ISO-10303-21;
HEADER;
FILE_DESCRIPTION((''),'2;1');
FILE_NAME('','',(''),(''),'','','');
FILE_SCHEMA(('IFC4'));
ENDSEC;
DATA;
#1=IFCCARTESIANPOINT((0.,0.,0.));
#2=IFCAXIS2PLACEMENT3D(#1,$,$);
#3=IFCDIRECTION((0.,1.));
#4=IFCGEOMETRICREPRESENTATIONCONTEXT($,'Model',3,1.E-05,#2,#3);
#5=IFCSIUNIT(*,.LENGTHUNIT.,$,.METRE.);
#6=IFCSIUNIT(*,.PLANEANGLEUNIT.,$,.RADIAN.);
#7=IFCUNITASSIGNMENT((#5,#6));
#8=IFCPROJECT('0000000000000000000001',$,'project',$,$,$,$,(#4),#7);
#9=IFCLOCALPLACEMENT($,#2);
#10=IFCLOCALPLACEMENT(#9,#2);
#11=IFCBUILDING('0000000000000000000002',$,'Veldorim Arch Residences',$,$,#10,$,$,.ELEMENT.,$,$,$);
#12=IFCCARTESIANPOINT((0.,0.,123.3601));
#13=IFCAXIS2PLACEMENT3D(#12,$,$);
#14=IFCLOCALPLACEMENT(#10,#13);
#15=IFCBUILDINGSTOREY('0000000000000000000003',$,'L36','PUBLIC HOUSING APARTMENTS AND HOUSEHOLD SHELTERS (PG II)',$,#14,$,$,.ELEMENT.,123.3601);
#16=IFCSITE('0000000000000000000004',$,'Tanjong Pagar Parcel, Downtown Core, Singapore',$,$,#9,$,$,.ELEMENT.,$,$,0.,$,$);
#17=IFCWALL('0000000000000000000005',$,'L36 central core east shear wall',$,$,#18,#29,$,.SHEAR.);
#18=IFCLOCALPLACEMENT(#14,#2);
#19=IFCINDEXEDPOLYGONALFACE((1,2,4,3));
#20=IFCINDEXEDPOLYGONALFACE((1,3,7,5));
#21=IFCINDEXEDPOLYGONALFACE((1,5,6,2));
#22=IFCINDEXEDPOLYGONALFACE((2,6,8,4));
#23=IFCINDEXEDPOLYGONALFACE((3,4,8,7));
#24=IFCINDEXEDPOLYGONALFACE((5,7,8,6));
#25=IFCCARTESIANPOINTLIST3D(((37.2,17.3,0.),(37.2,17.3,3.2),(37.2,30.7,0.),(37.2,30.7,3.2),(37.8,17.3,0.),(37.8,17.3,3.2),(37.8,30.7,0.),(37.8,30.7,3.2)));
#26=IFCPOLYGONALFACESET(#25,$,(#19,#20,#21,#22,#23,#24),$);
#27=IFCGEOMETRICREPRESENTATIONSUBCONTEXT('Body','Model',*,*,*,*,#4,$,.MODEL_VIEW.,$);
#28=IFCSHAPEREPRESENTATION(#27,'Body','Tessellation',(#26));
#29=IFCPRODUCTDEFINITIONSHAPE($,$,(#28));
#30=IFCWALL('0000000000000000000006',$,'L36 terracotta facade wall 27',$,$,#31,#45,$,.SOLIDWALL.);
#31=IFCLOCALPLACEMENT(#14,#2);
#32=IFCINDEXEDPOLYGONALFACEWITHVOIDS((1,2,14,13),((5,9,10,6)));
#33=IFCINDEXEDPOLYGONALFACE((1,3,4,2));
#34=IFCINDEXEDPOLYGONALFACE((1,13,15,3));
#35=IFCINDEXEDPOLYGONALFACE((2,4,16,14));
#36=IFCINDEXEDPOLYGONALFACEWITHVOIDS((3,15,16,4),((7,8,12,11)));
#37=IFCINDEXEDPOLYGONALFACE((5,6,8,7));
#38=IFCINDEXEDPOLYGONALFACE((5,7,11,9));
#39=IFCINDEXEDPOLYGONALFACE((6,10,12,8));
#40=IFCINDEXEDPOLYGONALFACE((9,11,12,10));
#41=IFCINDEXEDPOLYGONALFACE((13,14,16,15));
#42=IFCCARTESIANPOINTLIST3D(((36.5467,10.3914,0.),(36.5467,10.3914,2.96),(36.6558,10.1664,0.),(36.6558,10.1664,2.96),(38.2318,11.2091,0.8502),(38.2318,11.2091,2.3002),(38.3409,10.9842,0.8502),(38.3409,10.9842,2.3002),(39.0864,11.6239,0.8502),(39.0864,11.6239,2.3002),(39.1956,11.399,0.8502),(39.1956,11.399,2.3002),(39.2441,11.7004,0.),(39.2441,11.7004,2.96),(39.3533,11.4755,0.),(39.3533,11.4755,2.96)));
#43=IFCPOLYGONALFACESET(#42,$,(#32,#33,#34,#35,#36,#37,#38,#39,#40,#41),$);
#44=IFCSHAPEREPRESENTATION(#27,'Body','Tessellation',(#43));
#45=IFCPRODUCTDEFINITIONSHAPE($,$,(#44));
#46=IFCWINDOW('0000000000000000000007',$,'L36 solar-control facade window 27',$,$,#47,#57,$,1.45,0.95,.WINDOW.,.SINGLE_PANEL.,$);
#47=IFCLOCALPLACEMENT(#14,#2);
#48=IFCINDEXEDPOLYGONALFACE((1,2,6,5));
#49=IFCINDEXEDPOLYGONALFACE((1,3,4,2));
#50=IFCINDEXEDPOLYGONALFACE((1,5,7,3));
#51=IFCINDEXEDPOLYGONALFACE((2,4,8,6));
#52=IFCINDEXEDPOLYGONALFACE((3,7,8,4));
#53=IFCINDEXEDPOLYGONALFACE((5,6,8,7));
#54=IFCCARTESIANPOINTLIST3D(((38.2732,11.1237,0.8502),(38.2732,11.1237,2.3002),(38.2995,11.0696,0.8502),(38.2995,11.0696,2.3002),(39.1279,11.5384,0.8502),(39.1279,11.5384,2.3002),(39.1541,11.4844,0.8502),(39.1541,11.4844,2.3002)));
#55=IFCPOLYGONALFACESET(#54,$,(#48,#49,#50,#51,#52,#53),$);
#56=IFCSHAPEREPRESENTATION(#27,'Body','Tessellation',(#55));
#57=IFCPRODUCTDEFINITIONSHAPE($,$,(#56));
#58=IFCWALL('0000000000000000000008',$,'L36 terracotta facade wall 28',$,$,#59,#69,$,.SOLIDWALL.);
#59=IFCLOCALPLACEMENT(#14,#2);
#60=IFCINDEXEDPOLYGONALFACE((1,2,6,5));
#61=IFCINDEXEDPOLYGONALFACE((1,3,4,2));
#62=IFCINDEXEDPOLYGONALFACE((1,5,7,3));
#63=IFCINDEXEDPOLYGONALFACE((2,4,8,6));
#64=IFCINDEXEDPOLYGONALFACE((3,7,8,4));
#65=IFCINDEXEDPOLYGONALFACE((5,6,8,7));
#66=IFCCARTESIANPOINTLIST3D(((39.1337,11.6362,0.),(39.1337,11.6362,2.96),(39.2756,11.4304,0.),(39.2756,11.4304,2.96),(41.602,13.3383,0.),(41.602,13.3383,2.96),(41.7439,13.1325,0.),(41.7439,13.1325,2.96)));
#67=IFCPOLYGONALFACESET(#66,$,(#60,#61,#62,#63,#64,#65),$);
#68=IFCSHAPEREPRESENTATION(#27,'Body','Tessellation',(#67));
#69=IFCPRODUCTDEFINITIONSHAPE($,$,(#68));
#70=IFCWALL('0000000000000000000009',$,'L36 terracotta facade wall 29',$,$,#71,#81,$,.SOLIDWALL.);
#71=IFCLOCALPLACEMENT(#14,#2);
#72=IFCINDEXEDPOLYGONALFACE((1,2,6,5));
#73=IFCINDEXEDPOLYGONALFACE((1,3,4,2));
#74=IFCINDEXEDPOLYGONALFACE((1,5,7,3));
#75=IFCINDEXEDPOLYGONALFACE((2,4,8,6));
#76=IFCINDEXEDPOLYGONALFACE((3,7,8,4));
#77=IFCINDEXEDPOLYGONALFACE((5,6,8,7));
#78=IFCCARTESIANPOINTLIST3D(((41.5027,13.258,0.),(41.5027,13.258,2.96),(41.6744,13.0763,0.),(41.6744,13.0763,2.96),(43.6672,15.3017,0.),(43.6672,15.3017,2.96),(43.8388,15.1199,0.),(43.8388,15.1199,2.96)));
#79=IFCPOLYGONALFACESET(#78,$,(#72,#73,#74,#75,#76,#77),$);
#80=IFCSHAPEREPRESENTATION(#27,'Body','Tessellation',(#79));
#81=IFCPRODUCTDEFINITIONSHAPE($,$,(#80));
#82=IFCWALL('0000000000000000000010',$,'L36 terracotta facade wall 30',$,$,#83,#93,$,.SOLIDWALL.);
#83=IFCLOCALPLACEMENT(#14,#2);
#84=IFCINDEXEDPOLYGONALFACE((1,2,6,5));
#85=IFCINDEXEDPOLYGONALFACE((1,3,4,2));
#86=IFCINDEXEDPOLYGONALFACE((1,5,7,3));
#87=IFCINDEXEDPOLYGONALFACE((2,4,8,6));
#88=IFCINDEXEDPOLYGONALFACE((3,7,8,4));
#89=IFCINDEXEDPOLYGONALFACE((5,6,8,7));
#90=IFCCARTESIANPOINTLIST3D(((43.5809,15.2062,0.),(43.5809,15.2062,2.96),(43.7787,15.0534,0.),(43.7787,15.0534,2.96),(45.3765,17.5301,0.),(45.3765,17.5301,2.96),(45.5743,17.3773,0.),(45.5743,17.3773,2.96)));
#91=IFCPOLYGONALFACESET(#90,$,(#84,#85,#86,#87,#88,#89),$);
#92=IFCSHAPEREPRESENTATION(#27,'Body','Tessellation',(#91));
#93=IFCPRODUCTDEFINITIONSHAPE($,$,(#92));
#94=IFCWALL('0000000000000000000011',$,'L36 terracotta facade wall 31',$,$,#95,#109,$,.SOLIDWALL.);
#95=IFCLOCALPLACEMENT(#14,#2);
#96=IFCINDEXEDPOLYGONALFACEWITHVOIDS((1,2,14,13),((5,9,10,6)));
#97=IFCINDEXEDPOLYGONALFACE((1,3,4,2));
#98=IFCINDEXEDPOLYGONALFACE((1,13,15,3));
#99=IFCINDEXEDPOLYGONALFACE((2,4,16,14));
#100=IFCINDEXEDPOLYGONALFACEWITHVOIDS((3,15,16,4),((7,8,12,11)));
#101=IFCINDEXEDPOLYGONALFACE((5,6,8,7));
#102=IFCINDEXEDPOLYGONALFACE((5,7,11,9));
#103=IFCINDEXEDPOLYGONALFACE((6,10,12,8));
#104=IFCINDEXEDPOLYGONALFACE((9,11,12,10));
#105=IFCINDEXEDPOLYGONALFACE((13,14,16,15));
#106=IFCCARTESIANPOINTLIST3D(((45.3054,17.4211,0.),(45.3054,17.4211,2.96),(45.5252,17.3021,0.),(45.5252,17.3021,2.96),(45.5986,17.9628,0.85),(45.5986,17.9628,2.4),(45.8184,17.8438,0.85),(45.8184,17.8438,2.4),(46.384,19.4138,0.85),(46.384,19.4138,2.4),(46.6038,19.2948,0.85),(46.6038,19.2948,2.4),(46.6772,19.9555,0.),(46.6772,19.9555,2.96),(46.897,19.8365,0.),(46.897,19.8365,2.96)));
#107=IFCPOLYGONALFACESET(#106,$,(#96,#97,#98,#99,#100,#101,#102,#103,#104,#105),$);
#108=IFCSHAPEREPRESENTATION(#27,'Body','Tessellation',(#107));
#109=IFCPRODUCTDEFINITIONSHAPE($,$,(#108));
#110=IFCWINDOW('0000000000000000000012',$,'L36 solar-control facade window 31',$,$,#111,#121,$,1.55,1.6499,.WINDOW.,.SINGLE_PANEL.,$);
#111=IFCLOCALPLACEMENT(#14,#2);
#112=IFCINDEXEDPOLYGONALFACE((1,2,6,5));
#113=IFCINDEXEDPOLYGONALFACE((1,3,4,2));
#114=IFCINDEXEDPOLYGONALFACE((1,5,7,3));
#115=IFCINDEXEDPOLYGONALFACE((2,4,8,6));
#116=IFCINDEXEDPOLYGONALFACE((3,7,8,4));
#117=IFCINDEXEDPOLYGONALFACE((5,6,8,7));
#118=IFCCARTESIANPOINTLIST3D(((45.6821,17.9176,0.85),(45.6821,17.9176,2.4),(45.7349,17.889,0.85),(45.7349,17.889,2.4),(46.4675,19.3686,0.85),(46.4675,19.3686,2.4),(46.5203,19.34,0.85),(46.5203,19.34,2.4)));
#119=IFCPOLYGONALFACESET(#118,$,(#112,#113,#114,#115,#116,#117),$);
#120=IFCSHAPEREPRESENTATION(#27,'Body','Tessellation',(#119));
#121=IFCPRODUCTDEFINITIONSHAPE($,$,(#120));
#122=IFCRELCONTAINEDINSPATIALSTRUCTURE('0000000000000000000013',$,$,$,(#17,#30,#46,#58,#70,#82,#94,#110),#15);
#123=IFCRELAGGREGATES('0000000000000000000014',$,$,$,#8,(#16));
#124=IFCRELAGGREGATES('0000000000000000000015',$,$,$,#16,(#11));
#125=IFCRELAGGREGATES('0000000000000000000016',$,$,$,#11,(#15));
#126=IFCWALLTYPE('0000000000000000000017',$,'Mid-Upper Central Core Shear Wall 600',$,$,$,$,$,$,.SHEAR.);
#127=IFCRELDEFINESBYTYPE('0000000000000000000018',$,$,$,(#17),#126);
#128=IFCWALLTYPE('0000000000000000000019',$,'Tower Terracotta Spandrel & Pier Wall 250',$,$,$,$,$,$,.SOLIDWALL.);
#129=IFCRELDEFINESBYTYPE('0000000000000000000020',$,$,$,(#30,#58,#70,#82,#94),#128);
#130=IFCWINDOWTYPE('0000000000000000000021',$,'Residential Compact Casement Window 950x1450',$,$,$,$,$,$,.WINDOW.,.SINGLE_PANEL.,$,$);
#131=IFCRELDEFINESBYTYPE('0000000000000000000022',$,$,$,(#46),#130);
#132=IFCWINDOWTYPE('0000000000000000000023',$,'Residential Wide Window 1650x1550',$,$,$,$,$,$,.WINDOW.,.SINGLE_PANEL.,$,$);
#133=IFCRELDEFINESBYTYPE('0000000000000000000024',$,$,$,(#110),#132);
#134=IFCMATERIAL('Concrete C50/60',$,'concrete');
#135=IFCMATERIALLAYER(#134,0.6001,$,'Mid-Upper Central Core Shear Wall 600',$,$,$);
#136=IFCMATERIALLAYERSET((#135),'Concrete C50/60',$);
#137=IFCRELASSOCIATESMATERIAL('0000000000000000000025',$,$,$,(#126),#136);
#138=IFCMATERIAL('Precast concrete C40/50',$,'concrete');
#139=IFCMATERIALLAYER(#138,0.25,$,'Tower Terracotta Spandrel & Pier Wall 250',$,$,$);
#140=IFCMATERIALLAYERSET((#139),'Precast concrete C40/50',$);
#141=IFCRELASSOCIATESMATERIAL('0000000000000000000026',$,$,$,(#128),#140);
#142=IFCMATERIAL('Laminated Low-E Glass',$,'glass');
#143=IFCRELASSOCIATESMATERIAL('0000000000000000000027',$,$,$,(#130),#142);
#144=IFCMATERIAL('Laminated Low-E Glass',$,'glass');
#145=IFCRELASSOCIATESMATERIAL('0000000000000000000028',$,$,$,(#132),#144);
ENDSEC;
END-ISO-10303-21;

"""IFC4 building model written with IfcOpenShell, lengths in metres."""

from ifc_helpers import new_model, si_unit, direction, frame, frame_2d, origin, place, context, subcontext, project, spatial, rectangle, extrude, material, layer, layer_set, type_object, element, fill, save


model = new_model("IFC4")

# Units and contexts
model_context = context("Model", 3, precision=1e-05, world=origin(), true_north=direction((0.0, 1.0)))
body_context = subcontext(model_context, "Body", "Model", "MODEL_VIEW")
ifc_project = project(units=[si_unit("LENGTHUNIT", "METRE"), si_unit("PLANEANGLEUNIT", "RADIAN")], contexts=[model_context])

# Site, building, storey
site_placement = place(None, origin())
site = spatial("IfcSite", under=ifc_project, at=site_placement, Name="Tanjong Pagar Parcel, Downtown Core, Singapore", CompositionType="ELEMENT", RefElevation=0.0)
building_placement = place(site_placement, origin())
building = spatial("IfcBuilding", under=site, at=building_placement, Name="Veldorim Arch Residences", CompositionType="ELEMENT")
storey_placement = place(building_placement, frame((0.0, 0.0, 123.3601)))
storey = spatial("IfcBuildingStorey", under=building, at=storey_placement, Name="L36", Description="PUBLIC HOUSING APARTMENTS AND HOUSEHOLD SHELTERS (PG II)", CompositionType="ELEMENT", Elevation=123.3601)

# Wall
ifc_material_1 = material(Name="Concrete C50/60", Category="concrete")
ifc_layer_1 = layer(ifc_material_1, 0.6001, Name="Mid-Upper Central Core Shear Wall 600")
ifc_layer_set_1 = layer_set([ifc_layer_1], Name="Concrete C50/60")
wall_type_1 = type_object("IfcWallType", Name="Mid-Upper Central Core Shear Wall 600", PredefinedType="SHEAR", material=ifc_layer_set_1)
wall_1_placement = place(storey_placement, frame((37.5, 17.3, 0.0), z_axis=(0.0, 0.0, 1.0), x_axis=(0.0, 1.0, 0.0)))
element("IfcWall", 1, at=wall_1_placement, inside=storey, type_object=wall_type_1, Name="L36 central core east shear wall", PredefinedType="SHEAR", context=body_context, shape_type="SweptSolid", body=[
    extrude(rectangle(XDim=13.3999, YDim=0.6001, at=frame_2d((6.7, 0.0))), origin(), (0.0, 0.0, 1.0), 3.2),
])

# Wall, opening, window
ifc_material_2 = material(Name="Precast concrete C40/50", Category="concrete")
ifc_layer_2 = layer(ifc_material_2, 0.25, Name="Tower Terracotta Spandrel & Pier Wall 250")
ifc_layer_set_2 = layer_set([ifc_layer_2], Name="Precast concrete C40/50")
wall_type_2 = type_object("IfcWallType", Name="Tower Terracotta Spandrel & Pier Wall 250", PredefinedType="SOLIDWALL", material=ifc_layer_set_2)
wall_2_placement = place(storey_placement, frame((39.2986, 11.5879, 0.0), z_axis=(0.0, 0.0, 1.0), x_axis=(-0.899657, -0.436597, 0.0)))
wall_2 = element("IfcWall", 2, at=wall_2_placement, inside=storey, type_object=wall_type_2, Name="L36 terracotta facade wall 27", PredefinedType="SOLIDWALL", context=body_context, shape_type="SweptSolid", body=[
    extrude(rectangle(XDim=2.9983, YDim=0.25, at=frame_2d((1.499, 0.0))), origin(), (0.0, 0.0, 1.0), 2.96),
])
opening_1_placement = place(wall_2_placement, frame((0.175, 0.0, 0.8501)))
opening_1 = element("IfcOpeningElement", 3, at=opening_1_placement, cuts=wall_2, PredefinedType="OPENING", context=body_context, shape_type="SweptSolid", body=[
    extrude(rectangle(XDim=0.95, YDim=1.45, at=frame_2d((0.4751, 0.7251))), frame((0.0, 0.135, 0.0), z_axis=(0.0, -1.0, 0.0), x_axis=(1.0, 0.0, 0.0)), (0.0, 0.0, 1.0), 0.27),
])
ifc_material_3 = material(Name="Laminated Low-E Glass", Category="glass")
window_type_1 = type_object("IfcWindowType", Name="Residential Compact Casement Window 950x1450", PartitioningType="SINGLE_PANEL", PredefinedType="WINDOW", material=ifc_material_3)
window_1_placement = place(opening_1_placement, origin())
window_1 = element("IfcWindow", 4, at=window_1_placement, inside=storey, type_object=window_type_1, Name="L36 solar-control facade window 27", OverallHeight=1.45, OverallWidth=0.95, PartitioningType="SINGLE_PANEL", PredefinedType="WINDOW", context=body_context, shape_type="SweptSolid", body=[
    extrude(rectangle(XDim=0.95, YDim=1.45, at=frame_2d((0.4751, 0.7251))), frame((0.0, 0.03, 0.0), z_axis=(0.0, -1.0, 0.0), x_axis=(1.0, 0.0, 0.0)), (0.0, 0.0, 1.0), 0.0601),
])
fill(opening_1, window_1)

# Walls
wall_3_placement = place(storey_placement, frame((41.6729, 13.2354, 0.0), z_axis=(0.0, 0.0, 1.0), x_axis=(-0.823229, -0.56771, 0.0)))
element("IfcWall", 5, at=wall_3_placement, inside=storey, type_object=wall_type_2, Name="L36 terracotta facade wall 28", PredefinedType="SOLIDWALL", context=body_context, shape_type="SweptSolid", body=[
    extrude(rectangle(XDim=2.9983, YDim=0.25, at=frame_2d((1.499, 0.0))), origin(), (0.0, 0.0, 1.0), 2.96),
])
wall_4_placement = place(storey_placement, frame((43.7529, 15.2107, 0.0), z_axis=(0.0, 0.0, 1.0), x_axis=(-0.727113, -0.686518, 0.0)))
element("IfcWall", 6, at=wall_4_placement, inside=storey, type_object=wall_type_2, Name="L36 terracotta facade wall 29", PredefinedType="SOLIDWALL", context=body_context, shape_type="SweptSolid", body=[
    extrude(rectangle(XDim=2.9768, YDim=0.25, at=frame_2d((1.4883, 0.0))), origin(), (0.0, 0.0, 1.0), 2.96),
])
wall_5_placement = place(storey_placement, frame((45.4753, 17.4536, 0.0), z_axis=(0.0, 0.0, 1.0), x_axis=(-0.611417, -0.791309, 0.0)))
element("IfcWall", 7, at=wall_5_placement, inside=storey, type_object=wall_type_2, Name="L36 terracotta facade wall 30", PredefinedType="SOLIDWALL", context=body_context, shape_type="SweptSolid", body=[
    extrude(rectangle(XDim=2.9368, YDim=0.25, at=frame_2d((1.4683, 0.0))), origin(), (0.0, 0.0, 1.0), 2.96),
])

# Wall, opening, window
wall_6_placement = place(storey_placement, frame((46.7871, 19.896, 0.0), z_axis=(0.0, 0.0, 1.0), x_axis=(-0.476018, -0.879435, 0.0)))
wall_6 = element("IfcWall", 8, at=wall_6_placement, inside=storey, type_object=wall_type_2, Name="L36 terracotta facade wall 31", PredefinedType="SOLIDWALL", context=body_context, shape_type="SweptSolid", body=[
    extrude(rectangle(XDim=2.8818, YDim=0.25, at=frame_2d((1.4409, 0.0))), origin(), (0.0, 0.0, 1.0), 2.96),
])
opening_2_placement = place(wall_6_placement, frame((0.616, 0.0, 0.8501)))
opening_2 = element("IfcOpeningElement", 9, at=opening_2_placement, cuts=wall_6, PredefinedType="OPENING", context=body_context, shape_type="SweptSolid", body=[
    extrude(rectangle(XDim=1.6499, YDim=1.55, at=frame_2d((0.825, 0.7749))), frame((0.0, 0.135, 0.0), z_axis=(0.0, -1.0, 0.0), x_axis=(1.0, 0.0, 0.0)), (0.0, 0.0, 1.0), 0.27),
])
ifc_material_4 = material(Name="Laminated Low-E Glass", Category="glass")
window_type_2 = type_object("IfcWindowType", Name="Residential Wide Window 1650x1550", PartitioningType="SINGLE_PANEL", PredefinedType="WINDOW", material=ifc_material_4)
window_2_placement = place(opening_2_placement, origin())
window_2 = element("IfcWindow", 10, at=window_2_placement, inside=storey, type_object=window_type_2, Name="L36 solar-control facade window 31", OverallHeight=1.55, OverallWidth=1.6499, PartitioningType="SINGLE_PANEL", PredefinedType="WINDOW", context=body_context, shape_type="SweptSolid", body=[
    extrude(rectangle(XDim=1.6499, YDim=1.55, at=frame_2d((0.825, 0.7749))), frame((0.0, 0.03, 0.0), z_axis=(0.0, -1.0, 0.0), x_axis=(1.0, 0.0, 0.0)), (0.0, 0.0, 1.0), 0.0601),
])
fill(opening_2, window_2)

save(model, "model.ifc")
